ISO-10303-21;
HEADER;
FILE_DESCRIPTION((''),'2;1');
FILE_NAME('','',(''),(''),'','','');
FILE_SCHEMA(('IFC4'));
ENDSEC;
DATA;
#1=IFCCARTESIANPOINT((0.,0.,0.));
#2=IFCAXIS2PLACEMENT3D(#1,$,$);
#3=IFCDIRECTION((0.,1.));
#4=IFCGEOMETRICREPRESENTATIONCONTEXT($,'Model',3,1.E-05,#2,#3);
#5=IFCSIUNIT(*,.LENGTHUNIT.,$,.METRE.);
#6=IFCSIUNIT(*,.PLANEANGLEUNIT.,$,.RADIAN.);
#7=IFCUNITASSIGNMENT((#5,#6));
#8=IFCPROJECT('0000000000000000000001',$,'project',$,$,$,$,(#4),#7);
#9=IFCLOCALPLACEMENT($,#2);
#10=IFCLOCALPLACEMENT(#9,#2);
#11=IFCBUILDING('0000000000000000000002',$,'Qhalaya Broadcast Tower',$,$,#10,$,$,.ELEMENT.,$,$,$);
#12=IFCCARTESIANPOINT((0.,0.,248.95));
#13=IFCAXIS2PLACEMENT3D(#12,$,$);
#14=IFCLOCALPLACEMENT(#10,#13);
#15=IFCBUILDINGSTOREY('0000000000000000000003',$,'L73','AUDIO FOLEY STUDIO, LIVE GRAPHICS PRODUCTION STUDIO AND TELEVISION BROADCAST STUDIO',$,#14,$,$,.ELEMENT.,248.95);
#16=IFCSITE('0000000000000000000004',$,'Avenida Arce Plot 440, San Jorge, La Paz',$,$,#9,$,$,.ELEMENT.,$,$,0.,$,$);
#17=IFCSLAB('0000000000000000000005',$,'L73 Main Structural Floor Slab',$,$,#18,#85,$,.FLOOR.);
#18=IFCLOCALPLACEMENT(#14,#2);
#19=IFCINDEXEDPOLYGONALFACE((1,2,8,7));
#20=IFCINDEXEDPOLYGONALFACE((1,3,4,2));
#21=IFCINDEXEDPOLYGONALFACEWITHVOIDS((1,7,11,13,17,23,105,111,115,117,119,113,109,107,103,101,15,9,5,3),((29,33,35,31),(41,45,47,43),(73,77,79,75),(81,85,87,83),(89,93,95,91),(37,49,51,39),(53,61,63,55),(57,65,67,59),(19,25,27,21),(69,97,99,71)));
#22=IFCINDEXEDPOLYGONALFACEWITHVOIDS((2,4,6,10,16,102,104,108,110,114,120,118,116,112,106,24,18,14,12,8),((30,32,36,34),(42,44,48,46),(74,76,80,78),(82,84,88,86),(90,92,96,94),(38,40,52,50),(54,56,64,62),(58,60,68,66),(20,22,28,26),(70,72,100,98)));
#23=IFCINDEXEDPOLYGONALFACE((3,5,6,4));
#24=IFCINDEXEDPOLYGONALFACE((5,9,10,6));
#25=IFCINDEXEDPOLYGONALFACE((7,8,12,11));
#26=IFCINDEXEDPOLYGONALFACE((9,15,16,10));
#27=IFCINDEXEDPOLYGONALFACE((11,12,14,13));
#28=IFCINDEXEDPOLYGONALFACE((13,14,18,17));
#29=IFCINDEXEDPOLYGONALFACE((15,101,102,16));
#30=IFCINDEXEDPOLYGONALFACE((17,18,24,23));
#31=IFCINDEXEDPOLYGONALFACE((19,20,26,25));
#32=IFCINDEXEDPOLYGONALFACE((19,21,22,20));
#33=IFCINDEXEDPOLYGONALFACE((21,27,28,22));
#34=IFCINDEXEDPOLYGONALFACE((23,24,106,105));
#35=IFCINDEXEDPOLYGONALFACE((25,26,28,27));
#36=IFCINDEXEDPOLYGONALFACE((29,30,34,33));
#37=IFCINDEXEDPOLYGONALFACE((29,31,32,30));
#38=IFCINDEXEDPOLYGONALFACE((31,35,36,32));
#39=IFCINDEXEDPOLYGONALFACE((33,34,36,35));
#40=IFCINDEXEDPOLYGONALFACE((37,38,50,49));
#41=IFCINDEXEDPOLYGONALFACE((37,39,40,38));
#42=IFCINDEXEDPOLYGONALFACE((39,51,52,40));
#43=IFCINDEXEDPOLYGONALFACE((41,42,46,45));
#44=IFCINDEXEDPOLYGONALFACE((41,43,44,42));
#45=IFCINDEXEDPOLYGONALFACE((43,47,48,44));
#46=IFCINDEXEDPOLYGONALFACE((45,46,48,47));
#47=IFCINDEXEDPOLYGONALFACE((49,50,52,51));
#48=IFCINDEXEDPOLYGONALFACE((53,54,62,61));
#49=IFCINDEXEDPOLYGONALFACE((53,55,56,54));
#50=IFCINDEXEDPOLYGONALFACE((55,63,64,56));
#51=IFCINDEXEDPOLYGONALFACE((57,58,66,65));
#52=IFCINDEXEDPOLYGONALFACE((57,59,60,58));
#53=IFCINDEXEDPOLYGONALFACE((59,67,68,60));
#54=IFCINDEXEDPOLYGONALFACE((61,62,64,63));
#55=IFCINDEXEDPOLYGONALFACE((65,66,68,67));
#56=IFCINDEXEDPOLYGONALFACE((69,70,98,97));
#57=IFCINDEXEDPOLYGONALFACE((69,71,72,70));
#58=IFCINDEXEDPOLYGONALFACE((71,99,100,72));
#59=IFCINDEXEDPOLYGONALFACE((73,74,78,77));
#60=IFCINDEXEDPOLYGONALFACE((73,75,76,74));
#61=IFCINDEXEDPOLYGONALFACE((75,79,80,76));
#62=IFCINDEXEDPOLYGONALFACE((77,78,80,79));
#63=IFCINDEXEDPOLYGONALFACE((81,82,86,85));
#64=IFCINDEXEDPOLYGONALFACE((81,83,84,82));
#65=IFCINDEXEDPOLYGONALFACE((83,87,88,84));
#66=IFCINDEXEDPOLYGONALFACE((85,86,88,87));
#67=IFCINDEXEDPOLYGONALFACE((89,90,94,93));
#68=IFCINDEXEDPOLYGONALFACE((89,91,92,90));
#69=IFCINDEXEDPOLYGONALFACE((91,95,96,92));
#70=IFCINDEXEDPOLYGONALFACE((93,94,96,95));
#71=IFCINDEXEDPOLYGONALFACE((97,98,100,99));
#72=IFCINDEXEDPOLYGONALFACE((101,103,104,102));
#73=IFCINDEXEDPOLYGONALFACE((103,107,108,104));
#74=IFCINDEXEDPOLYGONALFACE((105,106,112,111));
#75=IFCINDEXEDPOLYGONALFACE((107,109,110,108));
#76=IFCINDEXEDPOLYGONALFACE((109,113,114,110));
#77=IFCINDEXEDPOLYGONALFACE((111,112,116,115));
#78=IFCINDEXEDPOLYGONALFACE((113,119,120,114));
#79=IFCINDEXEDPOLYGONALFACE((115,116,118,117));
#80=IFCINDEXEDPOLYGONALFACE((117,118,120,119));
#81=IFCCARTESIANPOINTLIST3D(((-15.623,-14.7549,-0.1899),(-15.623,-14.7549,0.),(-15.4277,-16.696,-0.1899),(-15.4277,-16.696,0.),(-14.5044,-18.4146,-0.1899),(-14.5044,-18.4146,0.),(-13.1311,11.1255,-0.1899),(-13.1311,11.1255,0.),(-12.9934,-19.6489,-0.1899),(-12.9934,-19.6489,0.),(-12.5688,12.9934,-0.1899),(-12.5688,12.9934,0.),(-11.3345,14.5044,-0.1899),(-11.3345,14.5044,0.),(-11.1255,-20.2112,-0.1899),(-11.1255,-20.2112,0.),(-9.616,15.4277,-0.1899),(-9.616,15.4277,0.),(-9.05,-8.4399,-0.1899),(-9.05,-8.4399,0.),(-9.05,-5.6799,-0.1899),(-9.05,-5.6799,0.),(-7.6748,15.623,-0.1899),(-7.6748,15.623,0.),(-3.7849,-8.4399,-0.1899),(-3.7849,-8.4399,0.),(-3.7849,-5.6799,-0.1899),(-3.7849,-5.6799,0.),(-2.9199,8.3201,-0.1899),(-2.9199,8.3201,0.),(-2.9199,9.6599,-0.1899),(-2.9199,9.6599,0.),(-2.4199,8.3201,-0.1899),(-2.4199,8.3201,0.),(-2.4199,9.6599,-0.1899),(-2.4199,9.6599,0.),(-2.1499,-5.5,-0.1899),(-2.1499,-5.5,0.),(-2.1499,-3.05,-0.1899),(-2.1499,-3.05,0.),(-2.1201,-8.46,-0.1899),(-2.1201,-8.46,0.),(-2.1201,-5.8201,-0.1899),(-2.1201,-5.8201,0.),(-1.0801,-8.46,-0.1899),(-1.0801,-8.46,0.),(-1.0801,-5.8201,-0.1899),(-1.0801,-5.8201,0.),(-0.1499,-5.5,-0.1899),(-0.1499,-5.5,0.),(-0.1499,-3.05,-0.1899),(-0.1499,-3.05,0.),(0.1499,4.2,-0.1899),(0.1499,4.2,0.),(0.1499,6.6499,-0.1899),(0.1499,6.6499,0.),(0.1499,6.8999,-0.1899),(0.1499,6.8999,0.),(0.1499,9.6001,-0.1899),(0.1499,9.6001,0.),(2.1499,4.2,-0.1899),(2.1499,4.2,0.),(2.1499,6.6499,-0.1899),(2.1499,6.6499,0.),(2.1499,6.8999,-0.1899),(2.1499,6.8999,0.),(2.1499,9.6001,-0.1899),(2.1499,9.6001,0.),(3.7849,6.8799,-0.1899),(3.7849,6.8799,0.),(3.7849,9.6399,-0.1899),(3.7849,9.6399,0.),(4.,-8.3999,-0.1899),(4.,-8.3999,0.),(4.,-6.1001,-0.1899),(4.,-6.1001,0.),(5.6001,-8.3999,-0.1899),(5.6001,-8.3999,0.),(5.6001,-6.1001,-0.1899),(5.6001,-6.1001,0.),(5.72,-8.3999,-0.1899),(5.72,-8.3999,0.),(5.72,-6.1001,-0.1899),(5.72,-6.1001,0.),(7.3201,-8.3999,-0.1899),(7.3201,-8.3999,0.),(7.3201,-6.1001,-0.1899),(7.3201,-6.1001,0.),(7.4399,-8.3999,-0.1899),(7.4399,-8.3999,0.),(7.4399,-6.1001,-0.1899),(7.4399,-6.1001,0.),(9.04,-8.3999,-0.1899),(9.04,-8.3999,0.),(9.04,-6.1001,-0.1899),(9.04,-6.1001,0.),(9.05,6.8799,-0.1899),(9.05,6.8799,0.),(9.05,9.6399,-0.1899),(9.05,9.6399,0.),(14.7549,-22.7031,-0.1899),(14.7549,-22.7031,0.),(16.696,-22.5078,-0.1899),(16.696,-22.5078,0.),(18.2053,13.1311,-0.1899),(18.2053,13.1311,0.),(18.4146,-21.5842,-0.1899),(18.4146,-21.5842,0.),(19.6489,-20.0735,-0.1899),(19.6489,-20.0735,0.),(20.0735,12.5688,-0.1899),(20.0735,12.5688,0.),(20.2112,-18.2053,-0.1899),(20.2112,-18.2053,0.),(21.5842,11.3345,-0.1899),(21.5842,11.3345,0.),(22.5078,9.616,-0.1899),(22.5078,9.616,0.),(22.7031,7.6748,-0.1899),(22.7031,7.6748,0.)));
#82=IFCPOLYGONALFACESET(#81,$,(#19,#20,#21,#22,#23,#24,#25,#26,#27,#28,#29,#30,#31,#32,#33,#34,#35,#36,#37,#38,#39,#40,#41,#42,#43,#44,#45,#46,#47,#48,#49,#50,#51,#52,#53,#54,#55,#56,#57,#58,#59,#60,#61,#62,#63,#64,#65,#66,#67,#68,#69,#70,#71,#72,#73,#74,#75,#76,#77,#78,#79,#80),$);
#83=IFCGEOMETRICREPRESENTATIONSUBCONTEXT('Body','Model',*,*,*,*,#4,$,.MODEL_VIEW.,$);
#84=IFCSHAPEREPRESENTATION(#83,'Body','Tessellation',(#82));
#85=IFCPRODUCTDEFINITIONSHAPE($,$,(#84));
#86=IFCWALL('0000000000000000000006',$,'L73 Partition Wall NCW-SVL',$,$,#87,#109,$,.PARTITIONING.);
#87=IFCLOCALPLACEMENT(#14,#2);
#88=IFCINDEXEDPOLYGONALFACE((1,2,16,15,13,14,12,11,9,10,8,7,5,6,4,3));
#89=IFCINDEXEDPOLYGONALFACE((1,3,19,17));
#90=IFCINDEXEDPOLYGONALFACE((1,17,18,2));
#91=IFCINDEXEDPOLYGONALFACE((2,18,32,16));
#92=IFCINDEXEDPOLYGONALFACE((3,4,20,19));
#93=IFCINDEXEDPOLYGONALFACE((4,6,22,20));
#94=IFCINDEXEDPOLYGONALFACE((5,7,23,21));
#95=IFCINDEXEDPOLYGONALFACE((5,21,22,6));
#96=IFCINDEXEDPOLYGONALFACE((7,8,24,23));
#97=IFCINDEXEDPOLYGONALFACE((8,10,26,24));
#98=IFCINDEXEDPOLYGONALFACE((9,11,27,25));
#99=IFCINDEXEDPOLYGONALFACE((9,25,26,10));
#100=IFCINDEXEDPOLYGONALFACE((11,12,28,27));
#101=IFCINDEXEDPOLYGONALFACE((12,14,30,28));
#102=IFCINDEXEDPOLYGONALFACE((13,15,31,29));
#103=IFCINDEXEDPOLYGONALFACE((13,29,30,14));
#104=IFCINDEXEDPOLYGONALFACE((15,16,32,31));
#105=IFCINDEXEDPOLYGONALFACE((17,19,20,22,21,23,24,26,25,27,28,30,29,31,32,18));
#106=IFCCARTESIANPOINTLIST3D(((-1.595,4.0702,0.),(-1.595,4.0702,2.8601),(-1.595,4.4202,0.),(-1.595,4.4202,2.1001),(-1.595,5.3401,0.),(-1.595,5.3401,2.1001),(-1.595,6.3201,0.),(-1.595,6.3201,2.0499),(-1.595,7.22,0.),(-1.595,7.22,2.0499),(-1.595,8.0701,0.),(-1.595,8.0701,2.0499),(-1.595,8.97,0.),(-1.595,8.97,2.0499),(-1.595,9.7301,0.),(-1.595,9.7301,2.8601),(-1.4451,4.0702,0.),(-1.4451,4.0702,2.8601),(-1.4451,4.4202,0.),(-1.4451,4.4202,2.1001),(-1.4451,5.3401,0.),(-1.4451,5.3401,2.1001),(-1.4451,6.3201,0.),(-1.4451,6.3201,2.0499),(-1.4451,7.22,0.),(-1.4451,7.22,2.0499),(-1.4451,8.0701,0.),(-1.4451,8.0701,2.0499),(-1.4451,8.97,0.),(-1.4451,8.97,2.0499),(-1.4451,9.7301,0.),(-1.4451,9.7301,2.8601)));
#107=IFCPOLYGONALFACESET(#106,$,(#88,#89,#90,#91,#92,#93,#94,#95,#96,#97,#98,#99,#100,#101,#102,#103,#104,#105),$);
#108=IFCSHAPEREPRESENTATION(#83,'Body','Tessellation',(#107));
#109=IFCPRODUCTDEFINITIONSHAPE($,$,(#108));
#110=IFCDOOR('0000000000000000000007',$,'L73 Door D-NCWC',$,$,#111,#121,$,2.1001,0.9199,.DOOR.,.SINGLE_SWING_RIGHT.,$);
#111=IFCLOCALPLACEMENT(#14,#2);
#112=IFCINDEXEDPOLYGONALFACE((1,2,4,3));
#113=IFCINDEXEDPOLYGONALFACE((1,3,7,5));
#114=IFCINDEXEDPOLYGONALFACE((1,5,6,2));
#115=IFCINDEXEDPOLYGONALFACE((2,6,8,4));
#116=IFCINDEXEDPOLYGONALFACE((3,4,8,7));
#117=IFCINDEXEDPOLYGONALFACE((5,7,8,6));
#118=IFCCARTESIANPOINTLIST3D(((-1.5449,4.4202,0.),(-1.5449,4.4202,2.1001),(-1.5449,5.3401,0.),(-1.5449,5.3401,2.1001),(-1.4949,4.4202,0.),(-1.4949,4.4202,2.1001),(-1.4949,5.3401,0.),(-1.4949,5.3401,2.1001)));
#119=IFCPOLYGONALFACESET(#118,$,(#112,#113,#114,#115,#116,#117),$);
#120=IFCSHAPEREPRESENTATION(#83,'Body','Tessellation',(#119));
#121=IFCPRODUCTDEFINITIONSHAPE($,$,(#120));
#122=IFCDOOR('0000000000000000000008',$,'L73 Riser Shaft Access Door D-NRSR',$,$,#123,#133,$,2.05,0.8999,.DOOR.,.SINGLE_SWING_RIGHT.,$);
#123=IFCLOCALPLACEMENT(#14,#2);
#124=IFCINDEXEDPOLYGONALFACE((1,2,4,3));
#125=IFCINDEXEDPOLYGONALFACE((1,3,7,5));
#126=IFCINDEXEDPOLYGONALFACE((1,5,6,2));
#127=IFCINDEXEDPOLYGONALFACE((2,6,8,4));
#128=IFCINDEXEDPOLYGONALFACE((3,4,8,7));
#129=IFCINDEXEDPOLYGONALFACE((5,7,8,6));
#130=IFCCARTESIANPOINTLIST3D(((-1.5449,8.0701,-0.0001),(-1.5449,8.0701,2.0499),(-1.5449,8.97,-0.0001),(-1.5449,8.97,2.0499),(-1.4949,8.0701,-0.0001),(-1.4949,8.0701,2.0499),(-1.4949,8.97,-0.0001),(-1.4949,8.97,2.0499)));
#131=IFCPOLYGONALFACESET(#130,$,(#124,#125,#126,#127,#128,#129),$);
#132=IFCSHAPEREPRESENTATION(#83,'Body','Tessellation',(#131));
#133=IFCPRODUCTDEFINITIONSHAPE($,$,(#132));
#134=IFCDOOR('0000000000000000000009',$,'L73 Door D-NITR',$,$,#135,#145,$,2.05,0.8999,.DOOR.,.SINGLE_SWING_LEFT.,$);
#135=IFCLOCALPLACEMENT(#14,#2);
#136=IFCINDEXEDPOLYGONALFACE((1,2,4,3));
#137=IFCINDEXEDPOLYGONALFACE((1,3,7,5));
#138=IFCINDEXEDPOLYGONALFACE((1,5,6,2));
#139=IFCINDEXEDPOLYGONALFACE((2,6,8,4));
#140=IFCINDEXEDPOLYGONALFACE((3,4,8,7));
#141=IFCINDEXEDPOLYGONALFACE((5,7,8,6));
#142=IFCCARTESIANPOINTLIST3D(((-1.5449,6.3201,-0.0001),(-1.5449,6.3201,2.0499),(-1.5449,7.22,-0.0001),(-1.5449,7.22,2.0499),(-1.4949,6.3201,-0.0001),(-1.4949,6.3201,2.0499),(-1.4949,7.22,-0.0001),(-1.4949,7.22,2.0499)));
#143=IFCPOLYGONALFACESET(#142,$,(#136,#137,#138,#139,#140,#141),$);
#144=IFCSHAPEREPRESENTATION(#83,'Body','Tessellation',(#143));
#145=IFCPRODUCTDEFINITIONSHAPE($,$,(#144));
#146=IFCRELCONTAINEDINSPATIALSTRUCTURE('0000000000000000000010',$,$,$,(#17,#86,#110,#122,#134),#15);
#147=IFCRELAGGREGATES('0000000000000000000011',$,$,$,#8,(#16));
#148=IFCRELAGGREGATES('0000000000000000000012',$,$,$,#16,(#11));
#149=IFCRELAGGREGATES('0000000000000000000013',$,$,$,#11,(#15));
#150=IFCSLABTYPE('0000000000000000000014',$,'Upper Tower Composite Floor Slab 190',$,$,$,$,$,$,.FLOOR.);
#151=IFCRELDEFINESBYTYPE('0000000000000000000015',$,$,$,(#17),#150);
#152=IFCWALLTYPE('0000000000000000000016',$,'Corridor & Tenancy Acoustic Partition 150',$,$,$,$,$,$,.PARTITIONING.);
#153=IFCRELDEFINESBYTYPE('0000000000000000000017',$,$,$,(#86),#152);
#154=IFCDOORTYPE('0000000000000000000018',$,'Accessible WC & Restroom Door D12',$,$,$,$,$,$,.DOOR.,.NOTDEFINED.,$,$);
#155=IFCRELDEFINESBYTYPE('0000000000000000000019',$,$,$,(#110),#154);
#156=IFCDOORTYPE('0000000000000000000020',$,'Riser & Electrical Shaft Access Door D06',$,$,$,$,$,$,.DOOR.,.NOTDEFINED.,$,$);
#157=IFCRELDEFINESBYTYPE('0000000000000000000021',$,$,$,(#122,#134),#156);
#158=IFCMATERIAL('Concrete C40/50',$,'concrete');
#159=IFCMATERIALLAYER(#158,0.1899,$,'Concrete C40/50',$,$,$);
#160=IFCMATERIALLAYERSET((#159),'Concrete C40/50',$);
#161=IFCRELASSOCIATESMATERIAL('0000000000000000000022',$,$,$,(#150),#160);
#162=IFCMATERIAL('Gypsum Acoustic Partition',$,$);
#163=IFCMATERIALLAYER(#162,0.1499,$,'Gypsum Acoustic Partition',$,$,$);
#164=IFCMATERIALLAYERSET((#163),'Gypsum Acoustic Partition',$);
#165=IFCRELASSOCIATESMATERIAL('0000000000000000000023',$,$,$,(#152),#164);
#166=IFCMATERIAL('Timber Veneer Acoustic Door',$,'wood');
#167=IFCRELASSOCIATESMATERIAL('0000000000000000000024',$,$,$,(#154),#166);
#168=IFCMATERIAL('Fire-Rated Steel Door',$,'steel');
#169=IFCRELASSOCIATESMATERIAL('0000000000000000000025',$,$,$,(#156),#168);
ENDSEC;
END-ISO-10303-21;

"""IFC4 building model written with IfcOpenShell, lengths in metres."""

from ifc_helpers import new_model, si_unit, direction, frame, frame_2d, origin, place, context, subcontext, project, spatial, polyline, rectangle, outline, extrude, material, layer, layer_set, type_object, element, fill, save


model = new_model("IFC4")

# Units and contexts
model_context = context("Model", 3, precision=1e-05, world=origin(), true_north=direction((0.0, 1.0)))
body_context = subcontext(model_context, "Body", "Model", "MODEL_VIEW")
ifc_project = project(units=[si_unit("LENGTHUNIT", "METRE"), si_unit("PLANEANGLEUNIT", "RADIAN")], contexts=[model_context])

# Site, building, storey
site_placement = place(None, origin())
site = spatial("IfcSite", under=ifc_project, at=site_placement, Name="Avenida Arce Plot 440, San Jorge, La Paz", CompositionType="ELEMENT", RefElevation=0.0)
building_placement = place(site_placement, origin())
building = spatial("IfcBuilding", under=site, at=building_placement, Name="Qhalaya Broadcast Tower", CompositionType="ELEMENT")
storey_placement = place(building_placement, frame((0.0, 0.0, 248.95)))
storey = spatial("IfcBuildingStorey", under=building, at=storey_placement, Name="L73", Description="AUDIO FOLEY STUDIO, LIVE GRAPHICS PRODUCTION STUDIO AND TELEVISION BROADCAST STUDIO", CompositionType="ELEMENT", Elevation=248.95)

# Shared definitions
ifc_material_1 = material(Name="Concrete C40/50", Category="concrete")

# Slab
ifc_layer_1 = layer(ifc_material_1, 0.1899, Name="Concrete C40/50")
ifc_layer_set_1 = layer_set([ifc_layer_1], Name="Concrete C40/50")
slab_type_1 = type_object("IfcSlabType", Name="Upper Tower Composite Floor Slab 190", PredefinedType="FLOOR", material=ifc_layer_set_1)
slab_1_placement = place(storey_placement, frame((0.0, 0.0, -0.1899)))
element("IfcSlab", 1, at=slab_1_placement, inside=storey, type_object=slab_type_1, Name="L73 Main Structural Floor Slab", PredefinedType="FLOOR", context=body_context, shape_type="SweptSolid", body=[
    extrude(outline(polyline([(14.7549, -22.7031), (16.696, -22.5078), (18.4146, -21.5842), (19.6489, -20.0735), (20.2112, -18.2053), (22.7031, 7.6748), (22.5078, 9.616), (21.5842, 11.3345), (20.0735, 12.5688), (18.2053, 13.1311), (-7.6748, 15.623), (-9.616, 15.4277), (-11.3345, 14.5044), (-12.5688, 12.9934), (-13.1311, 11.1255), (-15.623, -14.7549), (-15.4277, -16.696), (-14.5044, -18.4146), (-12.9934, -19.6489), (-11.1255, -20.2112), (14.7549, -22.7031)]), holes=[polyline([(3.7849, 9.6399), (9.05, 9.6399), (9.05, 6.8799), (3.7849, 6.8799), (3.7849, 9.6399)]), polyline([(-3.7849, -8.4399), (-9.05, -8.4399), (-9.05, -5.6799), (-3.7849, -5.6799), (-3.7849, -8.4399)]), polyline([(0.1499, 6.6499), (2.1499, 6.6499), (2.1499, 4.2), (0.1499, 4.2), (0.1499, 6.6499)]), polyline([(0.1499, 9.6001), (2.1499, 9.6001), (2.1499, 6.8999), (0.1499, 6.8999), (0.1499, 9.6001)]), polyline([(-2.1499, -3.05), (-0.1499, -3.05), (-0.1499, -5.5), (-2.1499, -5.5), (-2.1499, -3.05)]), polyline([(4.0, -6.1001), (5.6001, -6.1001), (5.6001, -8.3999), (4.0, -8.3999), (4.0, -6.1001)]), polyline([(5.72, -6.1001), (7.3201, -6.1001), (7.3201, -8.3999), (5.72, -8.3999), (5.72, -6.1001)]), polyline([(7.4399, -6.1001), (9.04, -6.1001), (9.04, -8.3999), (7.4399, -8.3999), (7.4399, -6.1001)]), polyline([(-2.9199, 9.6599), (-2.4199, 9.6599), (-2.4199, 8.3201), (-2.9199, 8.3201), (-2.9199, 9.6599)]), polyline([(-2.1201, -5.8201), (-1.0801, -5.8201), (-1.0801, -8.46), (-2.1201, -8.46), (-2.1201, -5.8201)])]), origin(), (0.0, 0.0, 1.0), 0.1899),
])

# Wall, openings, doors
ifc_material_2 = material(Name="Gypsum Acoustic Partition")
ifc_layer_2 = layer(ifc_material_2, 0.1499, Name="Gypsum Acoustic Partition")
ifc_layer_set_2 = layer_set([ifc_layer_2], Name="Gypsum Acoustic Partition")
wall_type_1 = type_object("IfcWallType", Name="Corridor & Tenancy Acoustic Partition 150", PredefinedType="PARTITIONING", material=ifc_layer_set_2)
wall_1_placement = place(storey_placement, frame((-1.52, 4.0701, 0.0), z_axis=(0.0, 0.0, 1.0), x_axis=(0.0, 1.0, 0.0)))
wall_1 = element("IfcWall", 2, at=wall_1_placement, inside=storey, type_object=wall_type_1, Name="L73 Partition Wall NCW-SVL", PredefinedType="PARTITIONING", context=body_context, shape_type="SweptSolid", body=[
    extrude(rectangle(XDim=5.6599, YDim=0.1499, at=frame_2d((2.8301, 0.0))), origin(), (0.0, 0.0, 1.0), 2.8601),
])
opening_1_placement = place(wall_1_placement, frame((4.0, 0.0, 0.0)))
opening_1 = element("IfcOpeningElement", 3, at=opening_1_placement, cuts=wall_1, PredefinedType="OPENING", context=body_context, shape_type="SweptSolid", body=[
    extrude(rectangle(XDim=0.8999, YDim=2.05, at=frame_2d((0.45, 1.0249))), frame((0.0, 0.0869, 0.0), z_axis=(0.0, -1.0, 0.0), x_axis=(1.0, 0.0, 0.0)), (0.0, 0.0, 1.0), 0.1738),
])
opening_2_placement = place(wall_1_placement, frame((2.25, 0.0, 0.0)))
opening_2 = element("IfcOpeningElement", 4, at=opening_2_placement, cuts=wall_1, PredefinedType="OPENING", context=body_context, shape_type="SweptSolid", body=[
    extrude(rectangle(XDim=0.8999, YDim=2.05, at=frame_2d((0.45, 1.0249))), frame((0.0, 0.0869, 0.0), z_axis=(0.0, -1.0, 0.0), x_axis=(1.0, 0.0, 0.0)), (0.0, 0.0, 1.0), 0.1738),
])
opening_3_placement = place(wall_1_placement, frame((0.3501, 0.0, 0.0)))
opening_3 = element("IfcOpeningElement", 5, at=opening_3_placement, cuts=wall_1, PredefinedType="OPENING", context=body_context, shape_type="SweptSolid", body=[
    extrude(rectangle(XDim=0.9199, YDim=2.1001, at=frame_2d((0.46, 1.05))), frame((0.0, 0.0869, 0.0), z_axis=(0.0, -1.0, 0.0), x_axis=(1.0, 0.0, 0.0)), (0.0, 0.0, 1.0), 0.1738),
])
ifc_material_3 = material(Name="Timber Veneer Acoustic Door", Category="wood")
door_type_1 = type_object("IfcDoorType", Name="Accessible WC & Restroom Door D12", OperationType="NOTDEFINED", PredefinedType="DOOR", material=ifc_material_3)
door_1_placement = place(opening_3_placement, origin())
door_1 = element("IfcDoor", 6, at=door_1_placement, inside=storey, type_object=door_type_1, Name="L73 Door D-NCWC", OperationType="SINGLE_SWING_RIGHT", OverallHeight=2.1001, OverallWidth=0.9199, PredefinedType="DOOR", context=body_context, shape_type="SweptSolid", body=[
    extrude(rectangle(XDim=0.9199, YDim=2.1001, at=frame_2d((0.46, 1.05))), frame((0.0, 0.0249, 0.0), z_axis=(0.0, -1.0, 0.0), x_axis=(1.0, 0.0, 0.0)), (0.0, 0.0, 1.0), 0.05),
])
fill(opening_3, door_1)
ifc_material_4 = material(Name="Fire-Rated Steel Door", Category="steel")
door_type_2 = type_object("IfcDoorType", Name="Riser & Electrical Shaft Access Door D06", OperationType="NOTDEFINED", PredefinedType="DOOR", material=ifc_material_4)
door_2_placement = place(opening_1_placement, origin())
door_2 = element("IfcDoor", 7, at=door_2_placement, inside=storey, type_object=door_type_2, Name="L73 Riser Shaft Access Door D-NRSR", OperationType="SINGLE_SWING_RIGHT", OverallHeight=2.05, OverallWidth=0.8999, PredefinedType="DOOR", context=body_context, shape_type="SweptSolid", body=[
    extrude(rectangle(XDim=0.8999, YDim=2.05, at=frame_2d((0.45, 1.0249))), frame((0.0, 0.0249, 0.0), z_axis=(0.0, -1.0, 0.0), x_axis=(1.0, 0.0, 0.0)), (0.0, 0.0, 1.0), 0.05),
])
fill(opening_1, door_2)
door_3_placement = place(opening_2_placement, origin())
door_3 = element("IfcDoor", 8, at=door_3_placement, inside=storey, type_object=door_type_2, Name="L73 Door D-NITR", OperationType="SINGLE_SWING_LEFT", OverallHeight=2.05, OverallWidth=0.8999, PredefinedType="DOOR", context=body_context, shape_type="SweptSolid", body=[
    extrude(rectangle(XDim=0.8999, YDim=2.05, at=frame_2d((0.45, 1.0249))), frame((0.0, 0.0249, 0.0), z_axis=(0.0, -1.0, 0.0), x_axis=(1.0, 0.0, 0.0)), (0.0, 0.0, 1.0), 0.05),
])
fill(opening_2, door_3)

save(model, "model.ifc")
